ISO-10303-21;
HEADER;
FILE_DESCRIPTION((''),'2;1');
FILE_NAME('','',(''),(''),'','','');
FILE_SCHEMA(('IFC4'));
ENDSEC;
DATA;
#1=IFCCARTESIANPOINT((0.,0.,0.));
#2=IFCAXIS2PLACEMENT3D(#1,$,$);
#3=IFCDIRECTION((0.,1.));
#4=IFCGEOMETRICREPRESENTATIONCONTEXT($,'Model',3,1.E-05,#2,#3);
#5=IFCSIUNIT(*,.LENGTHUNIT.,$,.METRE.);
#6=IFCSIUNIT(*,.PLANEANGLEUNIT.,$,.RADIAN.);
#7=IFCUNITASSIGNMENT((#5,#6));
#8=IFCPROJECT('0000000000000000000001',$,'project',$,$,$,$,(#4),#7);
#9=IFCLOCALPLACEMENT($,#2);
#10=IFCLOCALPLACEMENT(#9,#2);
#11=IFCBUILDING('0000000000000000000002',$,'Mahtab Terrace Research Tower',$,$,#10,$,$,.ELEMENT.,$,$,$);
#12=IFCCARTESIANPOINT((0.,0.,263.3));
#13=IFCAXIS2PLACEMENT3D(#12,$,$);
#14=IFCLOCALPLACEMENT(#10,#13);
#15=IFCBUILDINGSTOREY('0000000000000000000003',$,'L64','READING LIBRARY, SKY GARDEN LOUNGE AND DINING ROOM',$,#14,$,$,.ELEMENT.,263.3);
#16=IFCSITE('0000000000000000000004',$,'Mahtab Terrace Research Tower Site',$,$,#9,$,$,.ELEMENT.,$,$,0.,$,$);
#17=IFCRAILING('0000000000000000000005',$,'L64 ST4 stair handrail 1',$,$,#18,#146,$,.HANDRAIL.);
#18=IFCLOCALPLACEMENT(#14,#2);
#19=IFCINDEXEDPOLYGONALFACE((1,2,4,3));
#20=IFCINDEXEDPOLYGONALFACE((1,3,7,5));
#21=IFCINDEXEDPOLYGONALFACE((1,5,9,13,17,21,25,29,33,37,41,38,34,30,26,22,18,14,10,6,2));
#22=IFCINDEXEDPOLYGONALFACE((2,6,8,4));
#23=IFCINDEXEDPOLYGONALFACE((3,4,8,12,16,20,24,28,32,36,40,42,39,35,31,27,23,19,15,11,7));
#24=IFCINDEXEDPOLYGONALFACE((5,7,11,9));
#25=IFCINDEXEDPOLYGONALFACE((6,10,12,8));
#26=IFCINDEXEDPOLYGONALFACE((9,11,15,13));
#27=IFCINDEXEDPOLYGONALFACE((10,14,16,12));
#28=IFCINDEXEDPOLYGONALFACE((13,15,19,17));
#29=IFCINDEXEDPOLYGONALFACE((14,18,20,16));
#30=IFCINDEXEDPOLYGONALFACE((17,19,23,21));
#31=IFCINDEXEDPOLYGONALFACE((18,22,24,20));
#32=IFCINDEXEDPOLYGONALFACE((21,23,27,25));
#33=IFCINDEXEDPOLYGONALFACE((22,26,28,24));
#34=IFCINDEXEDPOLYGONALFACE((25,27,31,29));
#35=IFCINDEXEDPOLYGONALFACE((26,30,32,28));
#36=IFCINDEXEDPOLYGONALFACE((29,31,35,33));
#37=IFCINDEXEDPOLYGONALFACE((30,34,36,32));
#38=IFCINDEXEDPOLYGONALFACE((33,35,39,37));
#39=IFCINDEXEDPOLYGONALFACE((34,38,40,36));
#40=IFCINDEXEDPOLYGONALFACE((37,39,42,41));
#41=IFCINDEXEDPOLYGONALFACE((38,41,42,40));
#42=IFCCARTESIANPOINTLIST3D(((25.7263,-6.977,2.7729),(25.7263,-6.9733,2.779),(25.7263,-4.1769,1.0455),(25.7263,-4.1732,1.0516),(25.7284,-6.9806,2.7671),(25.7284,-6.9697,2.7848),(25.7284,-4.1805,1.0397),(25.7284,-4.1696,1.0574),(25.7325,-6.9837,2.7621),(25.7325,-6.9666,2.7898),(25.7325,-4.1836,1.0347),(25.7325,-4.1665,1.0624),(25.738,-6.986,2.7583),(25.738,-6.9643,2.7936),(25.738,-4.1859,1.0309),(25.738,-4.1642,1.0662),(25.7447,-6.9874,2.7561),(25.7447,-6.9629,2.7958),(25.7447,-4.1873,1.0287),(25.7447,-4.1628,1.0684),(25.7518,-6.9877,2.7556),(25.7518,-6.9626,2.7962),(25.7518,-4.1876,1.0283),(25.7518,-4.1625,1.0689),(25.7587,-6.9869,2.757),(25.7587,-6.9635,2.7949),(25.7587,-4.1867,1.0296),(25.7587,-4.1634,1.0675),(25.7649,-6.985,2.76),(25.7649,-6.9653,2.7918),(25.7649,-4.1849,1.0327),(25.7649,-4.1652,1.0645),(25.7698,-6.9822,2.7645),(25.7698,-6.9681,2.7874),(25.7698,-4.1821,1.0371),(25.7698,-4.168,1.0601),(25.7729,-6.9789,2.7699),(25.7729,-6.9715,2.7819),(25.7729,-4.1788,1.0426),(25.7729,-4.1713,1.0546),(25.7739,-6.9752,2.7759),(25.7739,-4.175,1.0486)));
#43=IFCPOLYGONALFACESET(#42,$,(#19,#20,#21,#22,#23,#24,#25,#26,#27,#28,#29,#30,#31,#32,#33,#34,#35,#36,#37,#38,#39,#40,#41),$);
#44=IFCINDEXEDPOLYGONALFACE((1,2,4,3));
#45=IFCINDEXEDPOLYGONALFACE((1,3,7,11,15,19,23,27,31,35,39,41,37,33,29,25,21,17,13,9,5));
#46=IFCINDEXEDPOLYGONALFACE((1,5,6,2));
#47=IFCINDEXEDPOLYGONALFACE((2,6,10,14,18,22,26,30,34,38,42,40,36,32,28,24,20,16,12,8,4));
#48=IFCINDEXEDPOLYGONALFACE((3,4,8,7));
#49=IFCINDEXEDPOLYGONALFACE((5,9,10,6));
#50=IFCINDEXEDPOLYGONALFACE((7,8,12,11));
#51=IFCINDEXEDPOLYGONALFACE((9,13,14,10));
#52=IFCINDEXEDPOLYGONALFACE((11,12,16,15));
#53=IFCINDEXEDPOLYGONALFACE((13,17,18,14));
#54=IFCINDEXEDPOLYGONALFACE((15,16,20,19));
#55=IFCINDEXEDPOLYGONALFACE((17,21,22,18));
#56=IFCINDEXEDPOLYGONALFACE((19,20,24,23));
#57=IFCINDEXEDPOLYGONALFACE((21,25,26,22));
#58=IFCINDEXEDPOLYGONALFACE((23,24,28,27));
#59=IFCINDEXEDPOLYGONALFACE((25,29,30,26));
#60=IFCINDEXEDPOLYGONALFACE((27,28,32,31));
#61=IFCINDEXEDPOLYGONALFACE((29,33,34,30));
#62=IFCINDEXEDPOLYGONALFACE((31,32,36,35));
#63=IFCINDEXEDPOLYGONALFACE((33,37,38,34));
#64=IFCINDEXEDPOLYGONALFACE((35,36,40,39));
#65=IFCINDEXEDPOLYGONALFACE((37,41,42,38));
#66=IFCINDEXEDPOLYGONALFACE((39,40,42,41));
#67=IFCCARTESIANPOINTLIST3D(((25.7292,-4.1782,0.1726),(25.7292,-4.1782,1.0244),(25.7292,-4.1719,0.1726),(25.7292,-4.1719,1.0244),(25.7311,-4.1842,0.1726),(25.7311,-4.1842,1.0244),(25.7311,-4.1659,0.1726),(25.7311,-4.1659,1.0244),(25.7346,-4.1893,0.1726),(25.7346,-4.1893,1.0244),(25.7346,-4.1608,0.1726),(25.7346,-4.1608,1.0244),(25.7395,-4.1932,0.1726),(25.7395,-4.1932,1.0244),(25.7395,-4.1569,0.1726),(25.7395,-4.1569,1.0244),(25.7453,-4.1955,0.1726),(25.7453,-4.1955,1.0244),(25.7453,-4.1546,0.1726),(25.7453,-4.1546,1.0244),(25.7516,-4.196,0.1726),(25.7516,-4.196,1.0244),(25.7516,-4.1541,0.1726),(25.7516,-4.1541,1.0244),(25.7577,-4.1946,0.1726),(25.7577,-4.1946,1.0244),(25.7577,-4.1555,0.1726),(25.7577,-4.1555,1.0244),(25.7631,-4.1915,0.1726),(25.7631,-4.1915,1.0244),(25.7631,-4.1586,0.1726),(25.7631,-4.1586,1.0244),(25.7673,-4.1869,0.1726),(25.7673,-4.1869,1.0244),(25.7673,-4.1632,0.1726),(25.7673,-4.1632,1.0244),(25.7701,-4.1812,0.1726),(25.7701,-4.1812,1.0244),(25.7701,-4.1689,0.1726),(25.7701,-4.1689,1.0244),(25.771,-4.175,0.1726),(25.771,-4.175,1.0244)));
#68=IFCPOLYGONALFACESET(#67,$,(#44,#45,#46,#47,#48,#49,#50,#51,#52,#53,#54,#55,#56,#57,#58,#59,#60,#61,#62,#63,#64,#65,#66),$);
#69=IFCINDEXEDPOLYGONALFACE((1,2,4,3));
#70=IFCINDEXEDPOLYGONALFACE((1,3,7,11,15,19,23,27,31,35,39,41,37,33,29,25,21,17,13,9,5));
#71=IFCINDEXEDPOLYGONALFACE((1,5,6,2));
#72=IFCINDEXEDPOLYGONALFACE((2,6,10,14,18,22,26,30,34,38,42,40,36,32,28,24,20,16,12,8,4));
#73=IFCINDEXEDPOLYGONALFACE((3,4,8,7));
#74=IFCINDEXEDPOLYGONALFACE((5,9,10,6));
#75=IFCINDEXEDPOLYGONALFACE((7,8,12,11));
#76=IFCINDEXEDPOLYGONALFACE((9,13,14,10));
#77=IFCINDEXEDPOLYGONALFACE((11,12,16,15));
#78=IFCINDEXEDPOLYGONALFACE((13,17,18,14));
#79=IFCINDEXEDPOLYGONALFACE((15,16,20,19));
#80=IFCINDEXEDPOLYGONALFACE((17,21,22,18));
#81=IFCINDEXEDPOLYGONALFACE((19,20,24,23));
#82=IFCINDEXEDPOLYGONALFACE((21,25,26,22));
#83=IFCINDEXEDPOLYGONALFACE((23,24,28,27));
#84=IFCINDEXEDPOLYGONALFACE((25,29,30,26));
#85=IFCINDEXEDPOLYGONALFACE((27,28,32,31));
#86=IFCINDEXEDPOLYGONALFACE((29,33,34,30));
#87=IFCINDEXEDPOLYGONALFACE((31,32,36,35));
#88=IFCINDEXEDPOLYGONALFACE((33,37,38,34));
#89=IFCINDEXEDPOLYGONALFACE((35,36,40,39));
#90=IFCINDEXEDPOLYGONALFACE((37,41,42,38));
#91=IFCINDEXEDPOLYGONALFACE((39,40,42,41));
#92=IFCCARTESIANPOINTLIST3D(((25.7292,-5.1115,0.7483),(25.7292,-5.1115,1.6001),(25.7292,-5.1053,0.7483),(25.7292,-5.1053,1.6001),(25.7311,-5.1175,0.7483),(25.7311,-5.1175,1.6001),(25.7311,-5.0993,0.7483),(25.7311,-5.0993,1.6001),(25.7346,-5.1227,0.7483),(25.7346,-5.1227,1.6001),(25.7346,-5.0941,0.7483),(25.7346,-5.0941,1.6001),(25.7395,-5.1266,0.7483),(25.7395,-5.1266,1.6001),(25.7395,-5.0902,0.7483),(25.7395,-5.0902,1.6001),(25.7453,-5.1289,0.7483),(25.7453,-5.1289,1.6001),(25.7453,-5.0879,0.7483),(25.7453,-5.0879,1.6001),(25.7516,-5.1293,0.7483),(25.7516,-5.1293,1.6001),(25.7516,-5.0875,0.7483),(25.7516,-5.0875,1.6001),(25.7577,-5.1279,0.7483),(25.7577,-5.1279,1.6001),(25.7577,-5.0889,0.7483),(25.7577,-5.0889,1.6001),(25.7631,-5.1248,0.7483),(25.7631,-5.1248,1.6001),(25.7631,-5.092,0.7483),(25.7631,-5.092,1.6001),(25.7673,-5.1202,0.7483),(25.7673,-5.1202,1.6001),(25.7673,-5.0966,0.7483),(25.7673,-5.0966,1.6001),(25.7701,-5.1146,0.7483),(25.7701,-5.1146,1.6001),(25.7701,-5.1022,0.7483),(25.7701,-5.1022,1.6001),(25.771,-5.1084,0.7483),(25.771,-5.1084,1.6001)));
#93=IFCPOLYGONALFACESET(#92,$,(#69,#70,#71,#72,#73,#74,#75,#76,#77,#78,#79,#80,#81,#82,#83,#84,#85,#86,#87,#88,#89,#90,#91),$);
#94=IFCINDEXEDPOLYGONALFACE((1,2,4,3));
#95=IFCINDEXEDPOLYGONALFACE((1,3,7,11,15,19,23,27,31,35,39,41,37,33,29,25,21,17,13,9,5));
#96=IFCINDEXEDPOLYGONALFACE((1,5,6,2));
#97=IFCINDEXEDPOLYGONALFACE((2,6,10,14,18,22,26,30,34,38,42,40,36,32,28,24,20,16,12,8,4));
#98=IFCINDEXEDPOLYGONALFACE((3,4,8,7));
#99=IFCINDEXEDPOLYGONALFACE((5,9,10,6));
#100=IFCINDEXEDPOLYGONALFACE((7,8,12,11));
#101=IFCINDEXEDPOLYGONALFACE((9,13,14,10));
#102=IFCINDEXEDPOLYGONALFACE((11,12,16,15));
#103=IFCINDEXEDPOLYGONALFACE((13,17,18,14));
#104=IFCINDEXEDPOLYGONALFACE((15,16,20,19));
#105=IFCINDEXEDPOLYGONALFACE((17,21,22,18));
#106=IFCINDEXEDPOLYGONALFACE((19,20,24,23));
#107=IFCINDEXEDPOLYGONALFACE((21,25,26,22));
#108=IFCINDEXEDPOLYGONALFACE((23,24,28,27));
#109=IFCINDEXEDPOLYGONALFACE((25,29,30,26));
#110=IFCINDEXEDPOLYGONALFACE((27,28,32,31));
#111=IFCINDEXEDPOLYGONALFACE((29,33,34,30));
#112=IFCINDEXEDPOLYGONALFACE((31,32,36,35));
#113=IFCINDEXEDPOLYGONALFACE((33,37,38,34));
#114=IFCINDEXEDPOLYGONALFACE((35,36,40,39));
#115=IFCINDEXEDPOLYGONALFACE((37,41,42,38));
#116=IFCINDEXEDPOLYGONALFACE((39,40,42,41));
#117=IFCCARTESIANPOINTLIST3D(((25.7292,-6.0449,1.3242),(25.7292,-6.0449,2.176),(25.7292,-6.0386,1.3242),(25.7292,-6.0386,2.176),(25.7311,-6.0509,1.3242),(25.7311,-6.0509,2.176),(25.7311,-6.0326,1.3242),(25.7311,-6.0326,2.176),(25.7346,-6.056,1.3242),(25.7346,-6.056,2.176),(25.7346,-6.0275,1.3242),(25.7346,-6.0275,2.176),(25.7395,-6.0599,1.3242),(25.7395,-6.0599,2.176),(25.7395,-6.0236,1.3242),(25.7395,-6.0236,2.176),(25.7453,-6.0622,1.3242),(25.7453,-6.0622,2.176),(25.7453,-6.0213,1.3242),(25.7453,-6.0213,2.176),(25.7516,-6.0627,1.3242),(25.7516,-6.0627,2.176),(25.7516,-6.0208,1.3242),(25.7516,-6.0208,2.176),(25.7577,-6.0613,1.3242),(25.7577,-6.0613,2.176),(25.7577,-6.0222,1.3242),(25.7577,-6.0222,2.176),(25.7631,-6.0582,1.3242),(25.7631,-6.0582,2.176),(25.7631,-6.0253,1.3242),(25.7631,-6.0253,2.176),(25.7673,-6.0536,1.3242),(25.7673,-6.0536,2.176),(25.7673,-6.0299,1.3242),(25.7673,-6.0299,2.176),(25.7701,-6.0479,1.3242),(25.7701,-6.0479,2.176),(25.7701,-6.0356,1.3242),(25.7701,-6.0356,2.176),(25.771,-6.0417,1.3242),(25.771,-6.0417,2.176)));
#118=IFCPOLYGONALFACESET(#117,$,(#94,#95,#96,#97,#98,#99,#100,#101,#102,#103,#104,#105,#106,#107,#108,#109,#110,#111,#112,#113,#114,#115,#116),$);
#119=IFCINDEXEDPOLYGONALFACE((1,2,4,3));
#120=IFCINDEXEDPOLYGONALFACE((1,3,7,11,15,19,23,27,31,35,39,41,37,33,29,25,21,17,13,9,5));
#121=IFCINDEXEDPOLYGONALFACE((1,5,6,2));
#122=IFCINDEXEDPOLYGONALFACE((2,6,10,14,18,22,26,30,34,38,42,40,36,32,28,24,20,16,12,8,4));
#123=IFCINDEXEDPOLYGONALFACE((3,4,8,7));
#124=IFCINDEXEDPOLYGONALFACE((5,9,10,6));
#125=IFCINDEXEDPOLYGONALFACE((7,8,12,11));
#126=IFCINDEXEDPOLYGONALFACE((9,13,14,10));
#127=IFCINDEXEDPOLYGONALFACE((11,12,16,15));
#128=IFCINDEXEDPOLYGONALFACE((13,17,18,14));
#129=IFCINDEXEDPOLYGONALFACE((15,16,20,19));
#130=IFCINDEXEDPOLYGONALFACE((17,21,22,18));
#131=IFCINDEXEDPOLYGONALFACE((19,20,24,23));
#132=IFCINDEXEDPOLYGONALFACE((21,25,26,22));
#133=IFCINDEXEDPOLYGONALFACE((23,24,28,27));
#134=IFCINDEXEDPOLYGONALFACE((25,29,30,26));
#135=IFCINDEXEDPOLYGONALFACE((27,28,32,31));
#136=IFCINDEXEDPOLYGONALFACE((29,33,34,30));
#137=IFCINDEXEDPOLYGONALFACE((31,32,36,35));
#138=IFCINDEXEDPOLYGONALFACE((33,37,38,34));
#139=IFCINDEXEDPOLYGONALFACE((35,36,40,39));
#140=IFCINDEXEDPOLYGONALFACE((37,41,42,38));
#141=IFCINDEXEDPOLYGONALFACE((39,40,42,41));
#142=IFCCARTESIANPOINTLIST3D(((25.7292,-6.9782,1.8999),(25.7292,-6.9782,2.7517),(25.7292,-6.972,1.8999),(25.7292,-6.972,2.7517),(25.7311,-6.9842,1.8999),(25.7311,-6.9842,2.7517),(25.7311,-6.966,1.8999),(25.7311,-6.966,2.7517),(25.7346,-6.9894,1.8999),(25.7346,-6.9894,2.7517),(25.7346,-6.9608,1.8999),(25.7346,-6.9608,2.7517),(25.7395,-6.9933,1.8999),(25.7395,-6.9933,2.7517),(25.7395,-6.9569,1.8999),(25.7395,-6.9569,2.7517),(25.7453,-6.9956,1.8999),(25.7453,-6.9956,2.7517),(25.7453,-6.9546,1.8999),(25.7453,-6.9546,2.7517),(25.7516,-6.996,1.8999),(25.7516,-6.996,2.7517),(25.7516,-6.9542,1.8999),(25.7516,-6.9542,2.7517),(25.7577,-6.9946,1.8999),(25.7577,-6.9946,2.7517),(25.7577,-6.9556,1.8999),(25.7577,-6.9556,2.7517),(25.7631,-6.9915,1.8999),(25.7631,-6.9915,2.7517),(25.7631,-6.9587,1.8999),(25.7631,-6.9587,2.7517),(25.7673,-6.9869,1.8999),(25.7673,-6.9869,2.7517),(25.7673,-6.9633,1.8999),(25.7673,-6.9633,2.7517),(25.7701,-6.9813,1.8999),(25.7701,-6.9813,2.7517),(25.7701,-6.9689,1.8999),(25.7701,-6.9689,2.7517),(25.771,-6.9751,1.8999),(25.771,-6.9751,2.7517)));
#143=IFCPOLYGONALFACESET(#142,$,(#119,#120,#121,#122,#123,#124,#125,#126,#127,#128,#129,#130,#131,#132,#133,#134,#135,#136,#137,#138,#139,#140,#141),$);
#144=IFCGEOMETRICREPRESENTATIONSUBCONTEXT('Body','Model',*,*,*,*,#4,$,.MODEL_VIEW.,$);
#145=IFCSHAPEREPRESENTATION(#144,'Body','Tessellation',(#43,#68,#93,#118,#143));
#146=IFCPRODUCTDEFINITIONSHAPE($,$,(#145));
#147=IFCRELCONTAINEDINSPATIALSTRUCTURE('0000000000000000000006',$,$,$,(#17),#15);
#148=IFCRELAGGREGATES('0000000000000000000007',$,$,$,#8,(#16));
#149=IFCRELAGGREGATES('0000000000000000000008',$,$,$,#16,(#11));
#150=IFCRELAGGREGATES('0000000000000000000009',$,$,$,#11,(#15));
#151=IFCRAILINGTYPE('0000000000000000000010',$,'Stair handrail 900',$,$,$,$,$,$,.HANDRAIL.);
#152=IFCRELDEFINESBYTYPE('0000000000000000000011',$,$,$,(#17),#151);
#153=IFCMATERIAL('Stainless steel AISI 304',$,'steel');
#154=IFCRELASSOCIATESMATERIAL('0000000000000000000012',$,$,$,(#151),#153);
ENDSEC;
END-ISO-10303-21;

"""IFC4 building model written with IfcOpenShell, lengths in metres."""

from ifc_helpers import new_model, si_unit, direction, frame, origin, origin_2d, place, context, subcontext, project, spatial, circle, extrude, material, type_object, element, save


model = new_model("IFC4")

# Units and contexts
model_context = context("Model", 3, precision=1e-05, world=origin(), true_north=direction((0.0, 1.0)))
body_context = subcontext(model_context, "Body", "Model", "MODEL_VIEW")
ifc_project = project(units=[si_unit("LENGTHUNIT", "METRE"), si_unit("PLANEANGLEUNIT", "RADIAN")], contexts=[model_context])

# Site, building, storey
site_placement = place(None, origin())
site = spatial("IfcSite", under=ifc_project, at=site_placement, Name="Mahtab Terrace Research Tower Site", CompositionType="ELEMENT", RefElevation=0.0)
building_placement = place(site_placement, origin())
building = spatial("IfcBuilding", under=site, at=building_placement, Name="Mahtab Terrace Research Tower", CompositionType="ELEMENT")
storey_placement = place(building_placement, frame((0.0, 0.0, 263.3)))
storey = spatial("IfcBuildingStorey", under=building, at=storey_placement, Name="L64", Description="READING LIBRARY, SKY GARDEN LOUNGE AND DINING ROOM", CompositionType="ELEMENT", Elevation=263.3)

# Shared definitions
ifc_material_1 = material(Name="Stainless steel AISI 304", Category="steel")

# Railing
railing_type_1 = type_object("IfcRailingType", Name="Stair handrail 900", PredefinedType="HANDRAIL", material=ifc_material_1)
railing_1_placement = place(storey_placement, frame((25.75, -4.175, 0.1726)))
element("IfcRailing", 1, at=railing_1_placement, inside=storey, type_object=railing_type_1, Name="L64 ST4 stair handrail 1", PredefinedType="HANDRAIL", context=body_context, shape_type="SweptSolid", body=[
    extrude(circle(Radius=0.0239, at=origin_2d()), frame((0.0, 0.0, 0.876), z_axis=(0.0, -0.85109, 0.52502), x_axis=(1.0, 0.0, 0.0)), (0.0, 0.0, 1.0), 3.29),
    extrude(circle(Radius=0.021, at=origin_2d()), origin(), (0.0, 0.0, 1.0), 0.8518),
    extrude(circle(Radius=0.021, at=origin_2d()), frame((0.0, -0.9333, 0.5757)), (0.0, 0.0, 1.0), 0.8518),
    extrude(circle(Radius=0.021, at=origin_2d()), frame((0.0, -1.8667, 1.1516)), (0.0, 0.0, 1.0), 0.8518),
    extrude(circle(Radius=0.021, at=origin_2d()), frame((0.0, -2.8, 1.7273)), (0.0, 0.0, 1.0), 0.8518),
])

save(model, "model.ifc")
